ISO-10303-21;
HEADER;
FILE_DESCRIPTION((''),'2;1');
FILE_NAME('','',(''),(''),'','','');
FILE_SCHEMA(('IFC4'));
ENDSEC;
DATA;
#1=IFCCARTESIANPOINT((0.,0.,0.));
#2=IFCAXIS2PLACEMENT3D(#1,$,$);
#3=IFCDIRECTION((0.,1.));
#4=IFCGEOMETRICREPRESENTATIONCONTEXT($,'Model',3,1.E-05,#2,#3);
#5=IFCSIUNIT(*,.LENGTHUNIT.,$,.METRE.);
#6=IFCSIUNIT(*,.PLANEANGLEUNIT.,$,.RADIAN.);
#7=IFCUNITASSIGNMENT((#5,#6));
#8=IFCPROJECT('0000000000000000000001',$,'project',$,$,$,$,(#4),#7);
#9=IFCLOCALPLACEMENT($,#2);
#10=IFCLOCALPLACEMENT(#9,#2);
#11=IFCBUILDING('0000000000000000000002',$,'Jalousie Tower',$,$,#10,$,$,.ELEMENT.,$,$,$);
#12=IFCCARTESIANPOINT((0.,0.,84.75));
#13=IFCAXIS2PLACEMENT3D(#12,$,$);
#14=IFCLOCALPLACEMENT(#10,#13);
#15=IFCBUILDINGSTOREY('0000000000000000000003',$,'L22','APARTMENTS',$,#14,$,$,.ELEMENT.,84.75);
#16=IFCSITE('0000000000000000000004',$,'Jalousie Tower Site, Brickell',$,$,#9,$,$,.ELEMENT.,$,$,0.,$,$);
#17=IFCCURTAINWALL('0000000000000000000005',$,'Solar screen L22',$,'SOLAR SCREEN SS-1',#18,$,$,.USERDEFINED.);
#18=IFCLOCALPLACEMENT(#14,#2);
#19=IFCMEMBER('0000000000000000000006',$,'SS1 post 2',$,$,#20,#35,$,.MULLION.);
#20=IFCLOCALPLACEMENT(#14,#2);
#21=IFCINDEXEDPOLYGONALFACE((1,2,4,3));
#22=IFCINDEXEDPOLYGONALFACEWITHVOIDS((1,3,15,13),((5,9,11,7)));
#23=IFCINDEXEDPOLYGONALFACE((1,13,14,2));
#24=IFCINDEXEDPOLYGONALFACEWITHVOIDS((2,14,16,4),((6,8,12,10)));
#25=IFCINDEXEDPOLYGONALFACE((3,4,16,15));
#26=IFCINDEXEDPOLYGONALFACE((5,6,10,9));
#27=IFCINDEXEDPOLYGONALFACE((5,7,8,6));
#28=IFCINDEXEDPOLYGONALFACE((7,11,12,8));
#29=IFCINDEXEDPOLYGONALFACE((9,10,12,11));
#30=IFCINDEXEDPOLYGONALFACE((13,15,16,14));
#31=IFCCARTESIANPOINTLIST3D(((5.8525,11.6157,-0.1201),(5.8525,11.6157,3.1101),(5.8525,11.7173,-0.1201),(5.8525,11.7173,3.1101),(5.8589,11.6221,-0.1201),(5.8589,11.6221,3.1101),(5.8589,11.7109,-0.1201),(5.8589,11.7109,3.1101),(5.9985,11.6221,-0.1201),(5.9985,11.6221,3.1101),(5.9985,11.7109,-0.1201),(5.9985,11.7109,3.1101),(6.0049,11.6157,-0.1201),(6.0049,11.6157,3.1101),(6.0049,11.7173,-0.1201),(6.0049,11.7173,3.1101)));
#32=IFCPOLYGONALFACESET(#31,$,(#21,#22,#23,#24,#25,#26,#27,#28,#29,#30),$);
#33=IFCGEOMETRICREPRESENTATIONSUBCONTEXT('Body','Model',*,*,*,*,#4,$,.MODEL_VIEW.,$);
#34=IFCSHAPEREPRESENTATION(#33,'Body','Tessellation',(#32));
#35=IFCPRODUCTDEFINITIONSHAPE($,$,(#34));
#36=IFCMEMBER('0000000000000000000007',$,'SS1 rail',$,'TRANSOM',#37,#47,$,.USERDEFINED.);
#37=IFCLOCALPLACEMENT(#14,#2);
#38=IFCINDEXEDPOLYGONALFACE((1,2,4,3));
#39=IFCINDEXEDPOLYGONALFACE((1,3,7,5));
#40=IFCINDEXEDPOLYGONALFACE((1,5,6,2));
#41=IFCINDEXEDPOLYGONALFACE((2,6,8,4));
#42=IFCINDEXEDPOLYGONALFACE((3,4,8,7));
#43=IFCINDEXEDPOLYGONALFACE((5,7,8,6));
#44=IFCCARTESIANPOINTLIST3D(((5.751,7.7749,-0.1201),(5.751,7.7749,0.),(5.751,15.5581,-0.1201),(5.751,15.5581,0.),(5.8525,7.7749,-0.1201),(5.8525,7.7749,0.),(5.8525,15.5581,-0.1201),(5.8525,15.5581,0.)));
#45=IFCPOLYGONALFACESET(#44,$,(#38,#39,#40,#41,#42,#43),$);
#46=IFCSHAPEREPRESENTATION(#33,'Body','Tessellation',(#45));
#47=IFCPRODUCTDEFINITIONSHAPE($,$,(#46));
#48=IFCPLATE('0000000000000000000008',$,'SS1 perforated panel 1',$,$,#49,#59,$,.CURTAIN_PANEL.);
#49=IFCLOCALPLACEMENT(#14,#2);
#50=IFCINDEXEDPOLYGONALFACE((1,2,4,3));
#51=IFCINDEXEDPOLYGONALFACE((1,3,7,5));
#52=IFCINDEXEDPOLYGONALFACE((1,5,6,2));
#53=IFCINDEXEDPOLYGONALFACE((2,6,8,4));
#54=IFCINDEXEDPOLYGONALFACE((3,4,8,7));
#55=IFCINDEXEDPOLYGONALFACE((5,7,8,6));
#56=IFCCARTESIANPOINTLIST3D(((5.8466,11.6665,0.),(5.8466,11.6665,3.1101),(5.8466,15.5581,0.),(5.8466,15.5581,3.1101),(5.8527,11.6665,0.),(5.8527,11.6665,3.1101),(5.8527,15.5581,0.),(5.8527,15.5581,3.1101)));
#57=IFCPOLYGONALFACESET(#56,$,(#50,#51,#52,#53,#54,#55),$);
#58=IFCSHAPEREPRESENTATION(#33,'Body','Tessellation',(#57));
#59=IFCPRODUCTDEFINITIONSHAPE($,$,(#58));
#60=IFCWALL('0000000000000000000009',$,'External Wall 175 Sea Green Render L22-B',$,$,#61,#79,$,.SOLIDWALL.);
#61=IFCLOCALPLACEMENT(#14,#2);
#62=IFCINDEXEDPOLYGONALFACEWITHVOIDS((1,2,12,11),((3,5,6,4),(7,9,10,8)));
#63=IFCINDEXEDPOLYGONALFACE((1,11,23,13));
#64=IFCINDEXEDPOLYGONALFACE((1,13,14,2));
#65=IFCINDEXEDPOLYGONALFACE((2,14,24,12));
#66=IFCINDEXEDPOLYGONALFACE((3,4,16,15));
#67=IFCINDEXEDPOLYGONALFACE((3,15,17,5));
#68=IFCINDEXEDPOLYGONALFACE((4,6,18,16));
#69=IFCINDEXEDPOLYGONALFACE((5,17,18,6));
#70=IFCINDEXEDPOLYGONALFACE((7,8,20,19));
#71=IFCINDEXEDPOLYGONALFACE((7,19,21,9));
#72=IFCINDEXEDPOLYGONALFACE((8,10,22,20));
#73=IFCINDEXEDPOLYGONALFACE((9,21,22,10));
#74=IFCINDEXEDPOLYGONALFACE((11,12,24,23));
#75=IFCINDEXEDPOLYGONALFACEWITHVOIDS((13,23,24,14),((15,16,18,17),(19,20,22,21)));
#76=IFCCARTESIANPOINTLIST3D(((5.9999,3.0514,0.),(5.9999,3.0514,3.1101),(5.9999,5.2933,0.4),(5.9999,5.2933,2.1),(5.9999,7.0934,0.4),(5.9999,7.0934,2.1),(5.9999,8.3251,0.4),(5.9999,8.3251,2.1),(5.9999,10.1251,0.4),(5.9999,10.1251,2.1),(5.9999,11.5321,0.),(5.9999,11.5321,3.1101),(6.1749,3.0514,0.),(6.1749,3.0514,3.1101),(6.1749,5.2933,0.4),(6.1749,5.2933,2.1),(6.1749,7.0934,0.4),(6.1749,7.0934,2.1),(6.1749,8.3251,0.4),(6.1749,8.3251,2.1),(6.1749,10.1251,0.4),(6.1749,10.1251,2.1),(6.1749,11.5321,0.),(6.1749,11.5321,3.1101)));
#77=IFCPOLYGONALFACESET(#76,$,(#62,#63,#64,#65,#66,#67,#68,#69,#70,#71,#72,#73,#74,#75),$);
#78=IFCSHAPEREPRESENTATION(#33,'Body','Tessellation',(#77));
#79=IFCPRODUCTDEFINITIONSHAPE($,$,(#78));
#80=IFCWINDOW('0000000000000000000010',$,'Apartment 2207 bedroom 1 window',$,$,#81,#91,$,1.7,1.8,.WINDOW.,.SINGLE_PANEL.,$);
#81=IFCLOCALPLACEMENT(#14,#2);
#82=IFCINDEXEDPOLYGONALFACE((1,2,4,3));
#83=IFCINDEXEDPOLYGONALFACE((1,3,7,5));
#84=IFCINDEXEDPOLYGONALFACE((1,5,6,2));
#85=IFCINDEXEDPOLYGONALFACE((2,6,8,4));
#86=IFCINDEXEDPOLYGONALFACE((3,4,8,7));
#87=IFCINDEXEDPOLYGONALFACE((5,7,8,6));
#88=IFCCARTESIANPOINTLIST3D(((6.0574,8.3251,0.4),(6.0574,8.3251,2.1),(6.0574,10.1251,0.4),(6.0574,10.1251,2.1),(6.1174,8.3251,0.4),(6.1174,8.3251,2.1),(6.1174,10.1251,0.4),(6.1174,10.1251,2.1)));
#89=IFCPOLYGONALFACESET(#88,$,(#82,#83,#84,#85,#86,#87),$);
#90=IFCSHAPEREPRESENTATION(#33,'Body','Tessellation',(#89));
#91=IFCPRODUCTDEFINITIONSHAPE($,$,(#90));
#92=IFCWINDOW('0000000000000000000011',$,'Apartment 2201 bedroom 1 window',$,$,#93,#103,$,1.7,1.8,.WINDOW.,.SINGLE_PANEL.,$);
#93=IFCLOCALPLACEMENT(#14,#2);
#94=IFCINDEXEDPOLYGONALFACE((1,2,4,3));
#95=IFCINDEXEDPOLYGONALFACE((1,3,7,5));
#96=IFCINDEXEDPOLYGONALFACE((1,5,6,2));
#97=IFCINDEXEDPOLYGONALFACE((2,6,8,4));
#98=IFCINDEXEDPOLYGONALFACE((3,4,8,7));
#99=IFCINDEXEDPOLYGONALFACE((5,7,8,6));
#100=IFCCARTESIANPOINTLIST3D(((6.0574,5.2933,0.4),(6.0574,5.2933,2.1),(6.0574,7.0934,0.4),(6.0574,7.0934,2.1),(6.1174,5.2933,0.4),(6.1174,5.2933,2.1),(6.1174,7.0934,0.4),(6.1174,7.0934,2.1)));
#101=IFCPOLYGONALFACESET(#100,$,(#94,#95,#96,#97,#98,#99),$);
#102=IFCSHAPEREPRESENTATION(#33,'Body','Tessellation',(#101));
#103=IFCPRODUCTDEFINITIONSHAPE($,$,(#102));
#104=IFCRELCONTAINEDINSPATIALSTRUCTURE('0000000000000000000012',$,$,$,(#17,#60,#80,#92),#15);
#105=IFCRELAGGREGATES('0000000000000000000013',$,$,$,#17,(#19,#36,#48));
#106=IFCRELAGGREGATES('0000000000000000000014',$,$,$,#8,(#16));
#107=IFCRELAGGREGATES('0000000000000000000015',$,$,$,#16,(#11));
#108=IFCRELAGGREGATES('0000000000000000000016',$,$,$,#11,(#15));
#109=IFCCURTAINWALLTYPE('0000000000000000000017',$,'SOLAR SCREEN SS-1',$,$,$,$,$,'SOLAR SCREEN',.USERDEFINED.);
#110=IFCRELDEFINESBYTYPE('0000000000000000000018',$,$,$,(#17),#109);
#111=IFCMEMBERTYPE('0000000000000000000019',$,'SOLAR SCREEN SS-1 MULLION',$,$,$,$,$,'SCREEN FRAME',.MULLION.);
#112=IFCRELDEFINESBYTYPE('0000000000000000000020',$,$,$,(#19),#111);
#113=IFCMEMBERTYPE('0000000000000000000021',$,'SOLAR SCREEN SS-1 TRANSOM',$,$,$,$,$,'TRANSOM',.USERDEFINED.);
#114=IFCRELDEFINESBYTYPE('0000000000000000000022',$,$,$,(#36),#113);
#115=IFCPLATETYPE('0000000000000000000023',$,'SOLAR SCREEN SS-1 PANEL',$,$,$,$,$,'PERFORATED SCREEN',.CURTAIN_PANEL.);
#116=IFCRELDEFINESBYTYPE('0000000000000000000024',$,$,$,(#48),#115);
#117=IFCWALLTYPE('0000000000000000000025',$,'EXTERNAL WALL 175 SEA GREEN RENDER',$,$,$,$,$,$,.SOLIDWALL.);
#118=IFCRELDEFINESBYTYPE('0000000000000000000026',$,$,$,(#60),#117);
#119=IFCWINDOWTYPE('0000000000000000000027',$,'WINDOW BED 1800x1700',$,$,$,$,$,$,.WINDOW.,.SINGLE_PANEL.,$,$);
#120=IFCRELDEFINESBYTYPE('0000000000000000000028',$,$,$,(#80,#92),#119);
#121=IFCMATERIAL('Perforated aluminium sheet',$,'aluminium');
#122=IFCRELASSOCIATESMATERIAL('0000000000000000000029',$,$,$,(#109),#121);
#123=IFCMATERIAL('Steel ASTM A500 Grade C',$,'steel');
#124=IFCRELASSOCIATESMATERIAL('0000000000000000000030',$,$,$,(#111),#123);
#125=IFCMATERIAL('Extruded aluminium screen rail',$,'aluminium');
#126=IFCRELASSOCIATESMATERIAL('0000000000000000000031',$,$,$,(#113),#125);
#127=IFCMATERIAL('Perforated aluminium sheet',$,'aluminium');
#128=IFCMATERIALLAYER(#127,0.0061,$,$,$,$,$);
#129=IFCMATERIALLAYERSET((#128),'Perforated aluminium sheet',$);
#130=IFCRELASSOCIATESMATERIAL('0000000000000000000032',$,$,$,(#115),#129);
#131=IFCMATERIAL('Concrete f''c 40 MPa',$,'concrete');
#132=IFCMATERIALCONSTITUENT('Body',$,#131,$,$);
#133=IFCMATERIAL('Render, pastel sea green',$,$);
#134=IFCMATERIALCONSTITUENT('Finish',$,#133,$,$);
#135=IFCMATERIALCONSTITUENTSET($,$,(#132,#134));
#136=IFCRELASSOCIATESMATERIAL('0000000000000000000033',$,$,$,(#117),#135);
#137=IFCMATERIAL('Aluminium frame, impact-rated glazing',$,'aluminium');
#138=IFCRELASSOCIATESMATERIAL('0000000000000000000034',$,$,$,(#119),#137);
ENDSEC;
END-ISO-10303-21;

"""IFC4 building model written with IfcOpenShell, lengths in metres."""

from ifc_helpers import new_model, si_unit, direction, frame, frame_2d, origin, origin_2d, place, context, subcontext, project, spatial, rectangle, hollow_rectangle, extrude, material, layer, layer_set, constituent, constituent_set, material_profile, profile_set, type_object, element, fill, aggregate, save


model = new_model("IFC4")

# Units and contexts
model_context = context("Model", 3, precision=1e-05, world=origin(), true_north=direction((0.0, 1.0)))
body_context = subcontext(model_context, "Body", "Model", "MODEL_VIEW")
ifc_project = project(units=[si_unit("LENGTHUNIT", "METRE"), si_unit("PLANEANGLEUNIT", "RADIAN")], contexts=[model_context])

# Site, building, storey
site_placement = place(None, origin())
site = spatial("IfcSite", under=ifc_project, at=site_placement, Name="Jalousie Tower Site, Brickell", CompositionType="ELEMENT", RefElevation=0.0)
building_placement = place(site_placement, origin())
building = spatial("IfcBuilding", under=site, at=building_placement, Name="Jalousie Tower", CompositionType="ELEMENT")
storey_placement = place(building_placement, frame((0.0, 0.0, 84.75)))
storey = spatial("IfcBuildingStorey", under=building, at=storey_placement, Name="L22", Description="APARTMENTS", CompositionType="ELEMENT", Elevation=84.75)

# Curtain wall, members, plate
ifc_material_1 = material(Name="Perforated aluminium sheet", Category="aluminium")
curtain_wall_type = type_object("IfcCurtainWallType", Name="SOLAR SCREEN SS-1", ElementType="SOLAR SCREEN", PredefinedType="USERDEFINED", material=ifc_material_1)
curtain_wall_placement = place(storey_placement, origin())
curtain_wall = element("IfcCurtainWall", 1, at=curtain_wall_placement, inside=storey, type_object=curtain_wall_type, Name="Solar screen L22", ObjectType="SOLAR SCREEN SS-1", PredefinedType="USERDEFINED")
ifc_material_2 = material(Name="Steel ASTM A500 Grade C", Category="steel")
ifc_material_profile_1 = material_profile(ifc_material_2, hollow_rectangle(XDim=0.1016, YDim=0.1523, WallThickness=0.0063, at=origin_2d()), Name="HSS6X4X1/4")
ifc_profile_set_1 = profile_set([ifc_material_profile_1], Name="Steel ASTM A500 Grade C")
member_type_1 = type_object("IfcMemberType", Name="SOLAR SCREEN SS-1 MULLION", ElementType="SCREEN FRAME", PredefinedType="MULLION", material=ifc_profile_set_1)
member_1_placement = place(storey_placement, frame((5.9287, 11.6665, -0.1201), z_axis=(0.0, 0.0, 1.0), x_axis=(0.0, -1.0, 0.0)))
member_1 = element("IfcMember", 2, at=member_1_placement, type_object=member_type_1, Name="SS1 post 2", PredefinedType="MULLION", context=body_context, shape_type="SweptSolid", body=[
    extrude(hollow_rectangle(XDim=0.1016, YDim=0.1523, WallThickness=0.0063, at=origin_2d()), origin(), (0.0, 0.0, 1.0), 3.2302),
])
ifc_material_3 = material(Name="Extruded aluminium screen rail", Category="aluminium")
ifc_material_profile_2 = material_profile(ifc_material_3, rectangle(XDim=0.1016, YDim=0.1201, at=origin_2d()), Name="RAIL 102x120")
ifc_profile_set_2 = profile_set([ifc_material_profile_2], Name="Extruded aluminium screen rail")
member_type_2 = type_object("IfcMemberType", Name="SOLAR SCREEN SS-1 TRANSOM", ElementType="TRANSOM", PredefinedType="USERDEFINED", material=ifc_profile_set_2)
member_2_placement = place(storey_placement, frame((5.8018, 15.5581, -0.0601), z_axis=(0.0, -1.0, 0.0), x_axis=(1.0, 0.0, 0.0)))
member_2 = element("IfcMember", 3, at=member_2_placement, type_object=member_type_2, Name="SS1 rail", ObjectType="TRANSOM", PredefinedType="USERDEFINED", context=body_context, shape_type="SweptSolid", body=[
    extrude(rectangle(XDim=0.1016, YDim=0.1201, at=origin_2d()), origin(), (0.0, 0.0, 1.0), 7.7832),
])
ifc_material_4 = material(Name="Perforated aluminium sheet", Category="aluminium")
ifc_layer = layer(ifc_material_4, 0.0061)
ifc_layer_set = layer_set([ifc_layer], Name="Perforated aluminium sheet")
plate_type = type_object("IfcPlateType", Name="SOLAR SCREEN SS-1 PANEL", ElementType="PERFORATED SCREEN", PredefinedType="CURTAIN_PANEL", material=ifc_layer_set)
plate_placement = place(storey_placement, frame((5.8496, 13.6123, 0.0), z_axis=(0.0, 0.0, 1.0), x_axis=(0.0, -1.0, 0.0)))
plate = element("IfcPlate", 4, at=plate_placement, type_object=plate_type, Name="SS1 perforated panel 1", PredefinedType="CURTAIN_PANEL", context=body_context, shape_type="SweptSolid", body=[
    extrude(rectangle(XDim=3.8916, YDim=0.0061, at=origin_2d()), origin(), (0.0, 0.0, 1.0), 3.1101),
])
aggregate(curtain_wall, [member_1, member_2, plate])

# Wall, openings, windows
ifc_material_5 = material(Name="Concrete f'c 40 MPa", Category="concrete")
ifc_constituent_1 = constituent(ifc_material_5, Name="Body")
ifc_material_6 = material(Name="Render, pastel sea green")
ifc_constituent_2 = constituent(ifc_material_6, Name="Finish")
ifc_constituent_set_1 = constituent_set(constituents=[ifc_constituent_1, ifc_constituent_2])
wall_type_1 = type_object("IfcWallType", Name="EXTERNAL WALL 175 SEA GREEN RENDER", PredefinedType="SOLIDWALL", material=ifc_constituent_set_1)
wall_1_placement = place(storey_placement, frame((6.0874, 11.532, 0.0), z_axis=(0.0, 0.0, 1.0), x_axis=(0.0, -1.0, 0.0)))
wall_1 = element("IfcWall", 5, at=wall_1_placement, inside=storey, type_object=wall_type_1, Name="External Wall 175 Sea Green Render L22-B", PredefinedType="SOLIDWALL", context=body_context, shape_type="SweptSolid", body=[
    extrude(rectangle(XDim=8.4807, YDim=0.175, at=frame_2d((4.2402, 0.0))), origin(), (0.0, 0.0, 1.0), 3.1101),
])
opening_1_placement = place(wall_1_placement, frame((1.407, 0.0, 0.3999)))
opening_1 = element("IfcOpeningElement", 6, at=opening_1_placement, cuts=wall_1, PredefinedType="OPENING", context=body_context, shape_type="SweptSolid", body=[
    extrude(rectangle(XDim=1.8, YDim=1.7, at=frame_2d((0.8999, 0.8501))), frame((0.0, 0.0974, 0.0), z_axis=(0.0, -1.0, 0.0), x_axis=(1.0, 0.0, 0.0)), (0.0, 0.0, 1.0), 0.1951),
])
opening_2_placement = place(wall_1_placement, frame((4.4387, 0.0, 0.3999)))
opening_2 = element("IfcOpeningElement", 7, at=opening_2_placement, cuts=wall_1, PredefinedType="OPENING", context=body_context, shape_type="SweptSolid", body=[
    extrude(rectangle(XDim=1.8, YDim=1.7, at=frame_2d((0.8999, 0.8501))), frame((0.0, 0.0974, 0.0), z_axis=(0.0, -1.0, 0.0), x_axis=(1.0, 0.0, 0.0)), (0.0, 0.0, 1.0), 0.1951),
])
ifc_material_7 = material(Name="Aluminium frame, impact-rated glazing", Category="aluminium")
window_type = type_object("IfcWindowType", Name="WINDOW BED 1800x1700", PartitioningType="SINGLE_PANEL", PredefinedType="WINDOW", material=ifc_material_7)
window_1_placement = place(opening_1_placement, origin())
window_1 = element("IfcWindow", 8, at=window_1_placement, inside=storey, type_object=window_type, Name="Apartment 2207 bedroom 1 window", OverallHeight=1.7, OverallWidth=1.8, PartitioningType="SINGLE_PANEL", PredefinedType="WINDOW", context=body_context, shape_type="SweptSolid", body=[
    extrude(rectangle(XDim=1.8, YDim=1.7, at=frame_2d((0.8999, 0.8501))), frame((0.0, 0.03, 0.0), z_axis=(0.0, -1.0, 0.0), x_axis=(1.0, 0.0, 0.0)), (0.0, 0.0, 1.0), 0.0601),
])
fill(opening_1, window_1)
window_2_placement = place(opening_2_placement, origin())
window_2 = element("IfcWindow", 9, at=window_2_placement, inside=storey, type_object=window_type, Name="Apartment 2201 bedroom 1 window", OverallHeight=1.7, OverallWidth=1.8, PartitioningType="SINGLE_PANEL", PredefinedType="WINDOW", context=body_context, shape_type="SweptSolid", body=[
    extrude(rectangle(XDim=1.8, YDim=1.7, at=frame_2d((0.8999, 0.8501))), frame((0.0, 0.03, 0.0), z_axis=(0.0, -1.0, 0.0), x_axis=(1.0, 0.0, 0.0)), (0.0, 0.0, 1.0), 0.0601),
])
fill(opening_2, window_2)

save(model, "model.ifc")
